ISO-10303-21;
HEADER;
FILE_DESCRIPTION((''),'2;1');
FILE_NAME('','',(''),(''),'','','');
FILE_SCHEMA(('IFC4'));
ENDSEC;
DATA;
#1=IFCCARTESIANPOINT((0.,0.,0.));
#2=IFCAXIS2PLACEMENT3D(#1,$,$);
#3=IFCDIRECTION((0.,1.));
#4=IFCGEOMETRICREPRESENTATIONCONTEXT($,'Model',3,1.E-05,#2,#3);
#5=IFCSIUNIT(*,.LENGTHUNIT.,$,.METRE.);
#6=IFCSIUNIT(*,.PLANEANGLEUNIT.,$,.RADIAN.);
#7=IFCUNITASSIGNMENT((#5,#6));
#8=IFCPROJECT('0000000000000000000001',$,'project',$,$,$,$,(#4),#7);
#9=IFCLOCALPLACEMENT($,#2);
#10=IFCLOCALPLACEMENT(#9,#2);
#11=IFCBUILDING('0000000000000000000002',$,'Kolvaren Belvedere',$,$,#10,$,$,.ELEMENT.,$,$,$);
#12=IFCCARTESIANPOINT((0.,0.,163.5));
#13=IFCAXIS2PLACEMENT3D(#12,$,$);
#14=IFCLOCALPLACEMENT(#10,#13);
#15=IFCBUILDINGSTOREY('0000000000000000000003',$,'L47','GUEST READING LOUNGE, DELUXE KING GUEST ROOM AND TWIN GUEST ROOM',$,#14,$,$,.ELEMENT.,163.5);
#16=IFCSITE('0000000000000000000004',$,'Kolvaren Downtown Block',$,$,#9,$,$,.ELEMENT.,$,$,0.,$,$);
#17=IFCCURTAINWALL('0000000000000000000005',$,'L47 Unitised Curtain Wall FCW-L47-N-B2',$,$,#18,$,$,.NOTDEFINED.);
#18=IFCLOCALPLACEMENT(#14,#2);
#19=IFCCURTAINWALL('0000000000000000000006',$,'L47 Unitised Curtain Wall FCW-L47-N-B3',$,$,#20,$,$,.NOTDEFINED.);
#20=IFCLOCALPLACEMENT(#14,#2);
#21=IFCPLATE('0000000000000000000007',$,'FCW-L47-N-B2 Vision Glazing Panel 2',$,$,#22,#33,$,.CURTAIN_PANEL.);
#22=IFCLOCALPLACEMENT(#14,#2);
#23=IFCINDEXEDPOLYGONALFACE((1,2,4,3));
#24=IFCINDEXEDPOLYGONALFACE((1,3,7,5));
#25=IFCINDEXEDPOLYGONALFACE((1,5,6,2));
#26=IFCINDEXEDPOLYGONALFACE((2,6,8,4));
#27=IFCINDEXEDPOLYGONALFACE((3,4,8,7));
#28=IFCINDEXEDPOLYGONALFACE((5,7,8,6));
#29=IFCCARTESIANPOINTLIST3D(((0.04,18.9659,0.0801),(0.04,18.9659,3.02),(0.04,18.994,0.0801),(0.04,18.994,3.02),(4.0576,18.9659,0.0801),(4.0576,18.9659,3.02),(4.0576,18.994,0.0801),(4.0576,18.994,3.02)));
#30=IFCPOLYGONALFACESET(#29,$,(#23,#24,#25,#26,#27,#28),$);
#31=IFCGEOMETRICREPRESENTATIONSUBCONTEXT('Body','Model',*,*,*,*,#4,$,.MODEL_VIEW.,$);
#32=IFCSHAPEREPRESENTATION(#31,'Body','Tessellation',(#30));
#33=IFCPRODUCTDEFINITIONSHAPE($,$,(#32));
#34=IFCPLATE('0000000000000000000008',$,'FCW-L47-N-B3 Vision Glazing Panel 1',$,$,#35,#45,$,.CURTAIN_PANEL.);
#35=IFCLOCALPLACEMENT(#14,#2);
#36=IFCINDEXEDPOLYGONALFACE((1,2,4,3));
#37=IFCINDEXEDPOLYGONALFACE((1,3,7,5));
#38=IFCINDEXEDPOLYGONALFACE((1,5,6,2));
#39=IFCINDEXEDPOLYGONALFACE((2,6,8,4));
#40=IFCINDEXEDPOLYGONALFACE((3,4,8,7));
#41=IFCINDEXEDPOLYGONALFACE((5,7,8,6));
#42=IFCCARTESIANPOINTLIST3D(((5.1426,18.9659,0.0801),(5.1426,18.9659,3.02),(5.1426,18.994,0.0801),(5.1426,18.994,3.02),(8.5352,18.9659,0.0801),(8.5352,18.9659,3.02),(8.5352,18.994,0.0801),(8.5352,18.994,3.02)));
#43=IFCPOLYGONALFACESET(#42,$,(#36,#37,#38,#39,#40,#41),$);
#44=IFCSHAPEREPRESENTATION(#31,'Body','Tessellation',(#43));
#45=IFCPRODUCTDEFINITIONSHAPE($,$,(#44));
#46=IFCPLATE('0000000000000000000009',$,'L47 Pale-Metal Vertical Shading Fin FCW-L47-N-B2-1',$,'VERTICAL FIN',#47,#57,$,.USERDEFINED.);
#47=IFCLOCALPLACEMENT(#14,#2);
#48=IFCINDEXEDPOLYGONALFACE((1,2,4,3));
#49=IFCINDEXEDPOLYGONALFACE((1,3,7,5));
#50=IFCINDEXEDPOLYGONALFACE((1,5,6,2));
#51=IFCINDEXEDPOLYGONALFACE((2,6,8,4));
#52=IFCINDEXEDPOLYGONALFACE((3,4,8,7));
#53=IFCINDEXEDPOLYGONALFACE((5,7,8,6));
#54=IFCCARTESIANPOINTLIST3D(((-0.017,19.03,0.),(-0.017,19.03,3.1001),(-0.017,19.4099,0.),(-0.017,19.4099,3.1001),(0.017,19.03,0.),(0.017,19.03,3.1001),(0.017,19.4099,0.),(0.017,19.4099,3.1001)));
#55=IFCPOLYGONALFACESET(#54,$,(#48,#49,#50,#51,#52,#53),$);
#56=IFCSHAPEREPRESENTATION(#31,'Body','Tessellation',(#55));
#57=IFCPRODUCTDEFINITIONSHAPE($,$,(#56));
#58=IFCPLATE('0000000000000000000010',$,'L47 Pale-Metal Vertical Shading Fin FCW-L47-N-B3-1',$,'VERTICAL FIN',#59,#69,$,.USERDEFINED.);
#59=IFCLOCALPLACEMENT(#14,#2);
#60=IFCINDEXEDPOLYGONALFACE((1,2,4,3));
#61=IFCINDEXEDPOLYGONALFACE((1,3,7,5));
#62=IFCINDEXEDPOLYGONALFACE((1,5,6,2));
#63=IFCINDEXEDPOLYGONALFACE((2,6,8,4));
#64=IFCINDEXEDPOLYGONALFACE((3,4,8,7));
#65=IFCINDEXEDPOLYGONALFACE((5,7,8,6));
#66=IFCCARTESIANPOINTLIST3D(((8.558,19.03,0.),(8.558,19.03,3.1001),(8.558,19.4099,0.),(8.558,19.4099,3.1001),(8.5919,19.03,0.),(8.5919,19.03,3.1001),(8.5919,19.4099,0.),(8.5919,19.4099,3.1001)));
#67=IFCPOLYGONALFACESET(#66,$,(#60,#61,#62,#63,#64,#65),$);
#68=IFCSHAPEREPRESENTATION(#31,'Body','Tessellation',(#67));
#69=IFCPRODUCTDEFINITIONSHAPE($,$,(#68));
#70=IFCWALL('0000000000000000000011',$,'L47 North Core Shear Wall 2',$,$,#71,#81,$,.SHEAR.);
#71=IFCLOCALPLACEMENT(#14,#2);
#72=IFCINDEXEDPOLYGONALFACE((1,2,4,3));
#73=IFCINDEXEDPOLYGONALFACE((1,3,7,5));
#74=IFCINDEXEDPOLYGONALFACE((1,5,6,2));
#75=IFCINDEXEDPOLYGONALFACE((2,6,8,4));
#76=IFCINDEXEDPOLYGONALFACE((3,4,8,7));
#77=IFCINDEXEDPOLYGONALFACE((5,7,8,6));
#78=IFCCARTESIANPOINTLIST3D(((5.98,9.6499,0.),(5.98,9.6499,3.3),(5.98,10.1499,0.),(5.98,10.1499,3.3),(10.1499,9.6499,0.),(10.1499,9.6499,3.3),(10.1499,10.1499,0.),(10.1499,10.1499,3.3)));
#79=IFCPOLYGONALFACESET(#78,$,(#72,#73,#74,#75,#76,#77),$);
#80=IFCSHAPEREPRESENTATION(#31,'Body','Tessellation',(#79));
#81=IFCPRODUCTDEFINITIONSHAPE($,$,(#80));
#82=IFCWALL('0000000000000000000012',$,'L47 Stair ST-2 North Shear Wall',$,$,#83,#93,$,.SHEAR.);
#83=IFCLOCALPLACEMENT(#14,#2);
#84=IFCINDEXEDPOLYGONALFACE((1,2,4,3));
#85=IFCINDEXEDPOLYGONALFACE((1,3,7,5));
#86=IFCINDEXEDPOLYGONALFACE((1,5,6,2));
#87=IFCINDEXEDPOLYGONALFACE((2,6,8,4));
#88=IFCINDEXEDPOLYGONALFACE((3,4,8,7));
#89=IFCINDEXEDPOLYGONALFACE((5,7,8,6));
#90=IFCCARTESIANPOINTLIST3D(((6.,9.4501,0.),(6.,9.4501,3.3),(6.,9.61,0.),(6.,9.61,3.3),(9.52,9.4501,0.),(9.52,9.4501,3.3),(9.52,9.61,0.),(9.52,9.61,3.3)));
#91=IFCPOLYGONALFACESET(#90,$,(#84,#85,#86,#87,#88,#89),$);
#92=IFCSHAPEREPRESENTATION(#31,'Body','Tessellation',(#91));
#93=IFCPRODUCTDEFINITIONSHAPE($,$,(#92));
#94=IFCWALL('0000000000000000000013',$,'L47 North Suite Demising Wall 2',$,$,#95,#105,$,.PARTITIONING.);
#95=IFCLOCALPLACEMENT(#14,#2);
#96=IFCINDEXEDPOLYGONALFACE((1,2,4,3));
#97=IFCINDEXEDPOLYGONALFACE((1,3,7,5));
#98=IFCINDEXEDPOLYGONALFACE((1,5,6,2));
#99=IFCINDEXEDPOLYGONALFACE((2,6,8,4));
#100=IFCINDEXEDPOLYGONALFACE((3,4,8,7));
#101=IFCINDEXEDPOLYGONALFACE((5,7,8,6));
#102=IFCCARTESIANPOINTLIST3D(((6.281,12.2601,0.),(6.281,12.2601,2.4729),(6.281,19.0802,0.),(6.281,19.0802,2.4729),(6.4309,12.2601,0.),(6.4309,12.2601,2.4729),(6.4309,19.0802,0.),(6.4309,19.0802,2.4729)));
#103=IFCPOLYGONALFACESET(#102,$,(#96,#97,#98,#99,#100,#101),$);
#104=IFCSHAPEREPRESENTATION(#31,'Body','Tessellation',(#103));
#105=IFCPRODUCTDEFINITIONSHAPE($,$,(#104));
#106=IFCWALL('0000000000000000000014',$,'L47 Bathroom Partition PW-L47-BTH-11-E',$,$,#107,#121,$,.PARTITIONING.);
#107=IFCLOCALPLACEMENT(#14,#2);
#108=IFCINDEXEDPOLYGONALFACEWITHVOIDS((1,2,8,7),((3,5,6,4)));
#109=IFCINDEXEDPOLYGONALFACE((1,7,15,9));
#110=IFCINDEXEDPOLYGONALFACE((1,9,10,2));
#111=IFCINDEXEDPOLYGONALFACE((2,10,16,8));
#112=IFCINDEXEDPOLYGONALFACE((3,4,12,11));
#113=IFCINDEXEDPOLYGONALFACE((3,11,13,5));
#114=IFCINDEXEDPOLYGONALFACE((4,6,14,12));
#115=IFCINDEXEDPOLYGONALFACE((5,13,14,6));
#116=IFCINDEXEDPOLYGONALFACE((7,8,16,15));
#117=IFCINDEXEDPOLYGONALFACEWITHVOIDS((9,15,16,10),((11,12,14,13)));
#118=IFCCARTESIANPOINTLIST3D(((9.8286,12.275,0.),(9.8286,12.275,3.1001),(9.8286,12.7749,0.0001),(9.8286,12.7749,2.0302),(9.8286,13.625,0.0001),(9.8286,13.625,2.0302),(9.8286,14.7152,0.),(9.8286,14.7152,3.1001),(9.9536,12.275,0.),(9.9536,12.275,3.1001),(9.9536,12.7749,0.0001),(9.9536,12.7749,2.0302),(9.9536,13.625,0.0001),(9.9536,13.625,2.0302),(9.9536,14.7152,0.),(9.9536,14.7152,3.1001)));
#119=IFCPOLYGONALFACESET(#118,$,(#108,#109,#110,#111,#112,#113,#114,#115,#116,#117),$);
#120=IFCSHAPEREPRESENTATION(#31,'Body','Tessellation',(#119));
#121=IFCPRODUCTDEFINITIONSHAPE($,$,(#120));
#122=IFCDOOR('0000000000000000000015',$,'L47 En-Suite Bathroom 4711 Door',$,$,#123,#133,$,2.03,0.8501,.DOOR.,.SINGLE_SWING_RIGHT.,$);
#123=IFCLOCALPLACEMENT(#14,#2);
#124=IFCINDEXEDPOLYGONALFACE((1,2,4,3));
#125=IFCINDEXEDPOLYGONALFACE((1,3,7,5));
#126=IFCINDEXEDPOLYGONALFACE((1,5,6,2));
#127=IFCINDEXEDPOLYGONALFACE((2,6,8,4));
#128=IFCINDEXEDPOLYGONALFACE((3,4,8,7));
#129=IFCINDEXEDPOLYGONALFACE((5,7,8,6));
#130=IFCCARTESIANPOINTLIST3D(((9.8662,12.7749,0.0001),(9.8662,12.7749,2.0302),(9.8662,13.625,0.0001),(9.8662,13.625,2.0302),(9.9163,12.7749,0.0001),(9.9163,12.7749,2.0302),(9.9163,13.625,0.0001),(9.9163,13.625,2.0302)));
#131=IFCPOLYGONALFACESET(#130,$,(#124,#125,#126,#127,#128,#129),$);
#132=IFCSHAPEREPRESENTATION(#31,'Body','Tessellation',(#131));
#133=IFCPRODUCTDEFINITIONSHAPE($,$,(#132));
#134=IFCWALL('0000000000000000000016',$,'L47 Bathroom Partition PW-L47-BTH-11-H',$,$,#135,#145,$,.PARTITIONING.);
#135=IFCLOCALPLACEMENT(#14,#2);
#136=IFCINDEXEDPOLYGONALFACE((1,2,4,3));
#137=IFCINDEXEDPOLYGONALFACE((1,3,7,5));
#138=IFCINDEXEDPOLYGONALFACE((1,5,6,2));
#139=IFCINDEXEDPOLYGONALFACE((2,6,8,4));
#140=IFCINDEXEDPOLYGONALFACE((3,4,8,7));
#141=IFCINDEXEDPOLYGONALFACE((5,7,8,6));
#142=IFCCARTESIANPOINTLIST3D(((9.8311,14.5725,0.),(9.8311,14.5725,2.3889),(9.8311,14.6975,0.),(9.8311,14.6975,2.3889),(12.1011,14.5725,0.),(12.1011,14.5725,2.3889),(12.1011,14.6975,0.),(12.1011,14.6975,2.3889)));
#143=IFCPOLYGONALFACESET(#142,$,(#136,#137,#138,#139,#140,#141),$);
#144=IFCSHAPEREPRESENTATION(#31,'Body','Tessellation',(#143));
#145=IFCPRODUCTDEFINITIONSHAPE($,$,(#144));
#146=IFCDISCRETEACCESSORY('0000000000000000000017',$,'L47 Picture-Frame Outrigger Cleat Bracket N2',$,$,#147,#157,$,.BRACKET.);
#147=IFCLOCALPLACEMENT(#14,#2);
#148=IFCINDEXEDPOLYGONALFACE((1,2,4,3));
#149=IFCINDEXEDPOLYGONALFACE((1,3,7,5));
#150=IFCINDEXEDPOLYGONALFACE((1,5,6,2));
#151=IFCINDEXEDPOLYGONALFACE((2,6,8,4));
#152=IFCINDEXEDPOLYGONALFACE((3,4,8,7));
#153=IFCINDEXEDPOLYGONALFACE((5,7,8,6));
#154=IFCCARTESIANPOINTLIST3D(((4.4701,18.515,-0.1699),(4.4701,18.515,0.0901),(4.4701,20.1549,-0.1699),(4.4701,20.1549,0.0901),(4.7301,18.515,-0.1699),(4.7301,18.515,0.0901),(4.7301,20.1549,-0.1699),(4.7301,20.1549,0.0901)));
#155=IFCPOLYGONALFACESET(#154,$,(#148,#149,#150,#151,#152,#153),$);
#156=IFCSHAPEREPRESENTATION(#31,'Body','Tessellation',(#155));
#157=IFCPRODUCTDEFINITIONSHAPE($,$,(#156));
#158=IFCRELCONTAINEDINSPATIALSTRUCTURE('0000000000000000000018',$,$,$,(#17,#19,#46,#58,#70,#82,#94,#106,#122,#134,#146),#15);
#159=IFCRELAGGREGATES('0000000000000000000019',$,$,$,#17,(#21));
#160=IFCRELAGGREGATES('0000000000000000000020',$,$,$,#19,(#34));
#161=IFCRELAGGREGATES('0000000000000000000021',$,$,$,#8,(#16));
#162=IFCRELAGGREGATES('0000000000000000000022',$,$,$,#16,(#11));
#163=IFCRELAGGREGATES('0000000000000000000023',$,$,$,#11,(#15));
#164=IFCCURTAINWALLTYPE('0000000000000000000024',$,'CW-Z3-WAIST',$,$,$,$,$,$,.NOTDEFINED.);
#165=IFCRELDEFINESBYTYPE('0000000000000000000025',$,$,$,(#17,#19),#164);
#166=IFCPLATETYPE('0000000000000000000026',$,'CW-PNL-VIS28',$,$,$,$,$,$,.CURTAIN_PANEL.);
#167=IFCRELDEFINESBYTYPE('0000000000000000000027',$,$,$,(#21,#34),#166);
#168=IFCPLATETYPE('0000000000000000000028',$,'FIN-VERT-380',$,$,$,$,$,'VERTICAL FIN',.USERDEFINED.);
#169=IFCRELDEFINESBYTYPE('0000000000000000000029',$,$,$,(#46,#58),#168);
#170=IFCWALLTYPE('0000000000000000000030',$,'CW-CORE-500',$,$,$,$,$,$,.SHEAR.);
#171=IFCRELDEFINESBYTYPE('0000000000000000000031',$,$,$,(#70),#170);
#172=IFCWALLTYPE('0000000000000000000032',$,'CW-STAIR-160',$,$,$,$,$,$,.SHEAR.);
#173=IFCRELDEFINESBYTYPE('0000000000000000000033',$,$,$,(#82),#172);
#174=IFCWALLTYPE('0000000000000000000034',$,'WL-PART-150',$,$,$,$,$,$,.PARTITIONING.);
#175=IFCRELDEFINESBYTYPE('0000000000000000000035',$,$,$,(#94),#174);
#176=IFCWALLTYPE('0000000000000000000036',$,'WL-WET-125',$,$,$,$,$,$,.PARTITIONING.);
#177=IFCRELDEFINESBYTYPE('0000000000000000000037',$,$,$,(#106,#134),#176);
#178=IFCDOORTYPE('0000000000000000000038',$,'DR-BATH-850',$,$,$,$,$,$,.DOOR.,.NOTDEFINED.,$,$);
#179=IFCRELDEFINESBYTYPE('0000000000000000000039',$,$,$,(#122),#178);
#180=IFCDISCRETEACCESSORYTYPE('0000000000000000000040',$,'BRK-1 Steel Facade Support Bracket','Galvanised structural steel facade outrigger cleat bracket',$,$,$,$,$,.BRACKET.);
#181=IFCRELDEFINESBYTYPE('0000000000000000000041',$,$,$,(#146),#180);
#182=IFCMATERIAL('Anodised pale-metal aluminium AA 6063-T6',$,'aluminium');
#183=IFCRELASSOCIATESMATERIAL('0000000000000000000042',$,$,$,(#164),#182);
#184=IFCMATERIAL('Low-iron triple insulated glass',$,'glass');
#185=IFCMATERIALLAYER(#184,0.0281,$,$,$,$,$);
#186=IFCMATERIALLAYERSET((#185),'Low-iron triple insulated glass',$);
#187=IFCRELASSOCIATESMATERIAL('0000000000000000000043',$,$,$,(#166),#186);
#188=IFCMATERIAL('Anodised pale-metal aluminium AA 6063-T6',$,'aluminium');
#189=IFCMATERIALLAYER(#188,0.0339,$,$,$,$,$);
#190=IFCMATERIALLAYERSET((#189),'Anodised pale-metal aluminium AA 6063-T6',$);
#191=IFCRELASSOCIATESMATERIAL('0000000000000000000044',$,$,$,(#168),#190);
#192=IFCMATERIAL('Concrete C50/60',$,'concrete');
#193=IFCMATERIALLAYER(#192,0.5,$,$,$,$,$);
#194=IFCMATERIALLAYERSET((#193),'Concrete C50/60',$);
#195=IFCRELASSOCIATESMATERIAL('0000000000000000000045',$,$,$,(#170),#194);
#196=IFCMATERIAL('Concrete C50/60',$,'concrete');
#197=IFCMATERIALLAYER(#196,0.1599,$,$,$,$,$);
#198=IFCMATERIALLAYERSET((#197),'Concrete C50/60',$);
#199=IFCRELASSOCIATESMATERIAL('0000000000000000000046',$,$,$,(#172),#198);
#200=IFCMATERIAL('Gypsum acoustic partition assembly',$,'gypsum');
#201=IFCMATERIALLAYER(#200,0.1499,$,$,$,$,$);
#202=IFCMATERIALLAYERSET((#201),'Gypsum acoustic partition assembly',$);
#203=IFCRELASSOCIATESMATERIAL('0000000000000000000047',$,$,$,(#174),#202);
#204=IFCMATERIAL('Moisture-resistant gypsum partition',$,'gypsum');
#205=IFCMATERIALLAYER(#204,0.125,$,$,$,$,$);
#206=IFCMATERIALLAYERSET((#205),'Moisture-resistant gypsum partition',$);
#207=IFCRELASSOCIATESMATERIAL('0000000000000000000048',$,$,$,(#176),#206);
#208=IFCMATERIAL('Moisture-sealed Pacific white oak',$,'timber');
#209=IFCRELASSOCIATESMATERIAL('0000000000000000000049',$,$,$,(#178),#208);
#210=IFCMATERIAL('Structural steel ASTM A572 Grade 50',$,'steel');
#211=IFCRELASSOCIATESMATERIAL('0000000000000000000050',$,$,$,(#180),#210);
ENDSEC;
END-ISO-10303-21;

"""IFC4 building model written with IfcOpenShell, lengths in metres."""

from ifc_helpers import new_model, si_unit, direction, frame, frame_2d, origin, origin_2d, place, context, subcontext, project, spatial, rectangle, extrude, material, layer, layer_set, type_object, element, fill, aggregate, save


model = new_model("IFC4")

# Units and contexts
model_context = context("Model", 3, precision=1e-05, world=origin(), true_north=direction((0.0, 1.0)))
body_context = subcontext(model_context, "Body", "Model", "MODEL_VIEW")
ifc_project = project(units=[si_unit("LENGTHUNIT", "METRE"), si_unit("PLANEANGLEUNIT", "RADIAN")], contexts=[model_context])

# Site, building, storey
site_placement = place(None, origin())
site = spatial("IfcSite", under=ifc_project, at=site_placement, Name="Kolvaren Downtown Block", CompositionType="ELEMENT", RefElevation=0.0)
building_placement = place(site_placement, origin())
building = spatial("IfcBuilding", under=site, at=building_placement, Name="Kolvaren Belvedere", CompositionType="ELEMENT")
storey_placement = place(building_placement, frame((0.0, 0.0, 163.5)))
storey = spatial("IfcBuildingStorey", under=building, at=storey_placement, Name="L47", Description="GUEST READING LOUNGE, DELUXE KING GUEST ROOM AND TWIN GUEST ROOM", CompositionType="ELEMENT", Elevation=163.5)

# Curtain walls
ifc_material_1 = material(Name="Anodised pale-metal aluminium AA 6063-T6", Category="aluminium")
curtain_wall_type = type_object("IfcCurtainWallType", Name="CW-Z3-WAIST", PredefinedType="NOTDEFINED", material=ifc_material_1)
curtain_wall_1_placement = place(storey_placement, origin())
curtain_wall_1 = element("IfcCurtainWall", 1, at=curtain_wall_1_placement, inside=storey, type_object=curtain_wall_type, Name="L47 Unitised Curtain Wall FCW-L47-N-B2", PredefinedType="NOTDEFINED")
curtain_wall_2_placement = place(storey_placement, origin())
curtain_wall_2 = element("IfcCurtainWall", 2, at=curtain_wall_2_placement, inside=storey, type_object=curtain_wall_type, Name="L47 Unitised Curtain Wall FCW-L47-N-B3", PredefinedType="NOTDEFINED")

# Plates
ifc_material_2 = material(Name="Low-iron triple insulated glass", Category="glass")
ifc_layer_1 = layer(ifc_material_2, 0.0281)
ifc_layer_set_1 = layer_set([ifc_layer_1], Name="Low-iron triple insulated glass")
plate_type_1 = type_object("IfcPlateType", Name="CW-PNL-VIS28", PredefinedType="CURTAIN_PANEL", material=ifc_layer_set_1)
plate_1_placement = place(storey_placement, frame((2.0488, 18.98, 0.0801), z_axis=(0.0, 0.0, 1.0), x_axis=(1.0, 0.0, 0.0)))
plate_1 = element("IfcPlate", 3, at=plate_1_placement, type_object=plate_type_1, Name="FCW-L47-N-B2 Vision Glazing Panel 2", PredefinedType="CURTAIN_PANEL", context=body_context, shape_type="SweptSolid", body=[
    extrude(rectangle(XDim=4.0176, YDim=0.0281, at=origin_2d()), origin(), (0.0, 0.0, 1.0), 2.9399),
])
aggregate(curtain_wall_1, [plate_1])
plate_2_placement = place(storey_placement, frame((6.8389, 18.98, 0.0801), z_axis=(0.0, 0.0, 1.0), x_axis=(1.0, 0.0, 0.0)))
plate_2 = element("IfcPlate", 4, at=plate_2_placement, type_object=plate_type_1, Name="FCW-L47-N-B3 Vision Glazing Panel 1", PredefinedType="CURTAIN_PANEL", context=body_context, shape_type="SweptSolid", body=[
    extrude(rectangle(XDim=3.3926, YDim=0.0281, at=origin_2d()), origin(), (0.0, 0.0, 1.0), 2.9399),
])
aggregate(curtain_wall_2, [plate_2])

# Plates
ifc_material_3 = material(Name="Anodised pale-metal aluminium AA 6063-T6", Category="aluminium")
ifc_layer_2 = layer(ifc_material_3, 0.0339)
ifc_layer_set_2 = layer_set([ifc_layer_2], Name="Anodised pale-metal aluminium AA 6063-T6")
plate_type_2 = type_object("IfcPlateType", Name="FIN-VERT-380", ElementType="VERTICAL FIN", PredefinedType="USERDEFINED", material=ifc_layer_set_2)
for number, where, z_axis, x_axis, name in (
    (5, (0.0, 19.22, 0.0), (0.0, 0.0, 1.0), (0.0, 1.0, 0.0), "L47 Pale-Metal Vertical Shading Fin FCW-L47-N-B2-1"),
    (6, (8.575, 19.22, 0.0), (0.0, 0.0, 1.0), (0.0, 1.0, 0.0), "L47 Pale-Metal Vertical Shading Fin FCW-L47-N-B3-1"),
):
    element("IfcPlate", number, at=place(storey_placement, frame(where, z_axis=z_axis, x_axis=x_axis)), inside=storey, type_object=plate_type_2, Name=name, ObjectType="VERTICAL FIN", PredefinedType="USERDEFINED", context=body_context, shape_type="SweptSolid", body=[
        extrude(rectangle(XDim=0.3799, YDim=0.0339, at=origin_2d()), origin(), (0.0, 0.0, 1.0), 3.1001),
    ])

# Walls
ifc_material_4 = material(Name="Concrete C50/60", Category="concrete")
ifc_layer_3 = layer(ifc_material_4, 0.5)
ifc_layer_set_3 = layer_set([ifc_layer_3], Name="Concrete C50/60")
wall_type_1 = type_object("IfcWallType", Name="CW-CORE-500", PredefinedType="SHEAR", material=ifc_layer_set_3)
wall_1_placement = place(storey_placement, frame((5.98, 9.8999, 0.0), z_axis=(0.0, 0.0, 1.0), x_axis=(1.0, 0.0, 0.0)))
element("IfcWall", 7, at=wall_1_placement, inside=storey, type_object=wall_type_1, Name="L47 North Core Shear Wall 2", PredefinedType="SHEAR", context=body_context, shape_type="SweptSolid", body=[
    extrude(rectangle(XDim=4.1699, YDim=0.5, at=frame_2d((2.085, 0.0))), origin(), (0.0, 0.0, 1.0), 3.3),
])
ifc_material_5 = material(Name="Concrete C50/60", Category="concrete")
ifc_layer_4 = layer(ifc_material_5, 0.1599)
ifc_layer_set_4 = layer_set([ifc_layer_4], Name="Concrete C50/60")
wall_type_2 = type_object("IfcWallType", Name="CW-STAIR-160", PredefinedType="SHEAR", material=ifc_layer_set_4)
wall_2_placement = place(storey_placement, frame((6.0, 9.53, 0.0), z_axis=(0.0, 0.0, 1.0), x_axis=(1.0, 0.0, 0.0)))
element("IfcWall", 8, at=wall_2_placement, inside=storey, type_object=wall_type_2, Name="L47 Stair ST-2 North Shear Wall", PredefinedType="SHEAR", context=body_context, shape_type="SweptSolid", body=[
    extrude(rectangle(XDim=3.52, YDim=0.1599, at=frame_2d((1.76, 0.0))), origin(), (0.0, 0.0, 1.0), 3.3),
])
ifc_material_6 = material(Name="Gypsum acoustic partition assembly", Category="gypsum")
ifc_layer_5 = layer(ifc_material_6, 0.1499)
ifc_layer_set_5 = layer_set([ifc_layer_5], Name="Gypsum acoustic partition assembly")
wall_type_3 = type_object("IfcWallType", Name="WL-PART-150", PredefinedType="PARTITIONING", material=ifc_layer_set_5)
wall_3_placement = place(storey_placement, frame((6.356, 12.26, 0.0), z_axis=(0.0, 0.0, 1.0), x_axis=(0.0, 1.0, 0.0)))
element("IfcWall", 9, at=wall_3_placement, inside=storey, type_object=wall_type_3, Name="L47 North Suite Demising Wall 2", PredefinedType="PARTITIONING", context=body_context, shape_type="SweptSolid", body=[
    extrude(rectangle(XDim=6.8201, YDim=0.1499, at=frame_2d((3.4102, 0.0))), origin(), (0.0, 0.0, 1.0), 2.4729),
])

# Wall, opening, door
ifc_material_7 = material(Name="Moisture-resistant gypsum partition", Category="gypsum")
ifc_layer_6 = layer(ifc_material_7, 0.125)
ifc_layer_set_6 = layer_set([ifc_layer_6], Name="Moisture-resistant gypsum partition")
wall_type_4 = type_object("IfcWallType", Name="WL-WET-125", PredefinedType="PARTITIONING", material=ifc_layer_set_6)
wall_4_placement = place(storey_placement, frame((9.8911, 12.2749, 0.0), z_axis=(0.0, 0.0, 1.0), x_axis=(0.0, 1.0, 0.0)))
wall_4 = element("IfcWall", 10, at=wall_4_placement, inside=storey, type_object=wall_type_4, Name="L47 Bathroom Partition PW-L47-BTH-11-E", PredefinedType="PARTITIONING", context=body_context, shape_type="SweptSolid", body=[
    extrude(rectangle(XDim=2.4402, YDim=0.125, at=frame_2d((1.2202, 0.0))), origin(), (0.0, 0.0, 1.0), 3.1001),
])
opening_placement = place(wall_4_placement, frame((0.5, 0.0, 0.0)))
opening = element("IfcOpeningElement", 11, at=opening_placement, cuts=wall_4, PredefinedType="OPENING", context=body_context, shape_type="SweptSolid", body=[
    extrude(rectangle(XDim=0.8501, YDim=2.03, at=frame_2d((0.425, 1.0151))), frame((0.0, 0.0725, 0.0), z_axis=(0.0, -1.0, 0.0), x_axis=(1.0, 0.0, 0.0)), (0.0, 0.0, 1.0), 0.145),
])
ifc_material_8 = material(Name="Moisture-sealed Pacific white oak", Category="timber")
door_type = type_object("IfcDoorType", Name="DR-BATH-850", OperationType="NOTDEFINED", PredefinedType="DOOR", material=ifc_material_8)
door_placement = place(opening_placement, origin())
door = element("IfcDoor", 12, at=door_placement, inside=storey, type_object=door_type, Name="L47 En-Suite Bathroom 4711 Door", OperationType="SINGLE_SWING_RIGHT", OverallHeight=2.03, OverallWidth=0.8501, PredefinedType="DOOR", context=body_context, shape_type="SweptSolid", body=[
    extrude(rectangle(XDim=0.8501, YDim=2.03, at=frame_2d((0.425, 1.0151))), frame((0.0, 0.0249, 0.0), z_axis=(0.0, -1.0, 0.0), x_axis=(1.0, 0.0, 0.0)), (0.0, 0.0, 1.0), 0.05),
])
fill(opening, door)

# Wall
wall_5_placement = place(storey_placement, frame((9.8311, 14.635, 0.0), z_axis=(0.0, 0.0, 1.0), x_axis=(1.0, 0.0, 0.0)))
element("IfcWall", 13, at=wall_5_placement, inside=storey, type_object=wall_type_4, Name="L47 Bathroom Partition PW-L47-BTH-11-H", PredefinedType="PARTITIONING", context=body_context, shape_type="SweptSolid", body=[
    extrude(rectangle(XDim=2.27, YDim=0.125, at=frame_2d((1.135, 0.0))), origin(), (0.0, 0.0, 1.0), 2.3889),
])

# Discrete accessory
ifc_material_9 = material(Name="Structural steel ASTM A572 Grade 50", Category="steel")
discrete_accessory_type = type_object("IfcDiscreteAccessoryType", Name="BRK-1 Steel Facade Support Bracket", Description="Galvanised structural steel facade outrigger cleat bracket", PredefinedType="BRACKET", material=ifc_material_9)
discrete_accessory_placement = place(storey_placement, frame((4.6001, 19.335, -0.1699), z_axis=(0.0, 0.0, 1.0), x_axis=(0.0, 1.0, 0.0)))
element("IfcDiscreteAccessory", 14, at=discrete_accessory_placement, inside=storey, type_object=discrete_accessory_type, Name="L47 Picture-Frame Outrigger Cleat Bracket N2", PredefinedType="BRACKET", context=body_context, shape_type="SweptSolid", body=[
    extrude(rectangle(XDim=1.6399, YDim=0.26, at=origin_2d()), origin(), (0.0, 0.0, 1.0), 0.26),
])

save(model, "model.ifc")
